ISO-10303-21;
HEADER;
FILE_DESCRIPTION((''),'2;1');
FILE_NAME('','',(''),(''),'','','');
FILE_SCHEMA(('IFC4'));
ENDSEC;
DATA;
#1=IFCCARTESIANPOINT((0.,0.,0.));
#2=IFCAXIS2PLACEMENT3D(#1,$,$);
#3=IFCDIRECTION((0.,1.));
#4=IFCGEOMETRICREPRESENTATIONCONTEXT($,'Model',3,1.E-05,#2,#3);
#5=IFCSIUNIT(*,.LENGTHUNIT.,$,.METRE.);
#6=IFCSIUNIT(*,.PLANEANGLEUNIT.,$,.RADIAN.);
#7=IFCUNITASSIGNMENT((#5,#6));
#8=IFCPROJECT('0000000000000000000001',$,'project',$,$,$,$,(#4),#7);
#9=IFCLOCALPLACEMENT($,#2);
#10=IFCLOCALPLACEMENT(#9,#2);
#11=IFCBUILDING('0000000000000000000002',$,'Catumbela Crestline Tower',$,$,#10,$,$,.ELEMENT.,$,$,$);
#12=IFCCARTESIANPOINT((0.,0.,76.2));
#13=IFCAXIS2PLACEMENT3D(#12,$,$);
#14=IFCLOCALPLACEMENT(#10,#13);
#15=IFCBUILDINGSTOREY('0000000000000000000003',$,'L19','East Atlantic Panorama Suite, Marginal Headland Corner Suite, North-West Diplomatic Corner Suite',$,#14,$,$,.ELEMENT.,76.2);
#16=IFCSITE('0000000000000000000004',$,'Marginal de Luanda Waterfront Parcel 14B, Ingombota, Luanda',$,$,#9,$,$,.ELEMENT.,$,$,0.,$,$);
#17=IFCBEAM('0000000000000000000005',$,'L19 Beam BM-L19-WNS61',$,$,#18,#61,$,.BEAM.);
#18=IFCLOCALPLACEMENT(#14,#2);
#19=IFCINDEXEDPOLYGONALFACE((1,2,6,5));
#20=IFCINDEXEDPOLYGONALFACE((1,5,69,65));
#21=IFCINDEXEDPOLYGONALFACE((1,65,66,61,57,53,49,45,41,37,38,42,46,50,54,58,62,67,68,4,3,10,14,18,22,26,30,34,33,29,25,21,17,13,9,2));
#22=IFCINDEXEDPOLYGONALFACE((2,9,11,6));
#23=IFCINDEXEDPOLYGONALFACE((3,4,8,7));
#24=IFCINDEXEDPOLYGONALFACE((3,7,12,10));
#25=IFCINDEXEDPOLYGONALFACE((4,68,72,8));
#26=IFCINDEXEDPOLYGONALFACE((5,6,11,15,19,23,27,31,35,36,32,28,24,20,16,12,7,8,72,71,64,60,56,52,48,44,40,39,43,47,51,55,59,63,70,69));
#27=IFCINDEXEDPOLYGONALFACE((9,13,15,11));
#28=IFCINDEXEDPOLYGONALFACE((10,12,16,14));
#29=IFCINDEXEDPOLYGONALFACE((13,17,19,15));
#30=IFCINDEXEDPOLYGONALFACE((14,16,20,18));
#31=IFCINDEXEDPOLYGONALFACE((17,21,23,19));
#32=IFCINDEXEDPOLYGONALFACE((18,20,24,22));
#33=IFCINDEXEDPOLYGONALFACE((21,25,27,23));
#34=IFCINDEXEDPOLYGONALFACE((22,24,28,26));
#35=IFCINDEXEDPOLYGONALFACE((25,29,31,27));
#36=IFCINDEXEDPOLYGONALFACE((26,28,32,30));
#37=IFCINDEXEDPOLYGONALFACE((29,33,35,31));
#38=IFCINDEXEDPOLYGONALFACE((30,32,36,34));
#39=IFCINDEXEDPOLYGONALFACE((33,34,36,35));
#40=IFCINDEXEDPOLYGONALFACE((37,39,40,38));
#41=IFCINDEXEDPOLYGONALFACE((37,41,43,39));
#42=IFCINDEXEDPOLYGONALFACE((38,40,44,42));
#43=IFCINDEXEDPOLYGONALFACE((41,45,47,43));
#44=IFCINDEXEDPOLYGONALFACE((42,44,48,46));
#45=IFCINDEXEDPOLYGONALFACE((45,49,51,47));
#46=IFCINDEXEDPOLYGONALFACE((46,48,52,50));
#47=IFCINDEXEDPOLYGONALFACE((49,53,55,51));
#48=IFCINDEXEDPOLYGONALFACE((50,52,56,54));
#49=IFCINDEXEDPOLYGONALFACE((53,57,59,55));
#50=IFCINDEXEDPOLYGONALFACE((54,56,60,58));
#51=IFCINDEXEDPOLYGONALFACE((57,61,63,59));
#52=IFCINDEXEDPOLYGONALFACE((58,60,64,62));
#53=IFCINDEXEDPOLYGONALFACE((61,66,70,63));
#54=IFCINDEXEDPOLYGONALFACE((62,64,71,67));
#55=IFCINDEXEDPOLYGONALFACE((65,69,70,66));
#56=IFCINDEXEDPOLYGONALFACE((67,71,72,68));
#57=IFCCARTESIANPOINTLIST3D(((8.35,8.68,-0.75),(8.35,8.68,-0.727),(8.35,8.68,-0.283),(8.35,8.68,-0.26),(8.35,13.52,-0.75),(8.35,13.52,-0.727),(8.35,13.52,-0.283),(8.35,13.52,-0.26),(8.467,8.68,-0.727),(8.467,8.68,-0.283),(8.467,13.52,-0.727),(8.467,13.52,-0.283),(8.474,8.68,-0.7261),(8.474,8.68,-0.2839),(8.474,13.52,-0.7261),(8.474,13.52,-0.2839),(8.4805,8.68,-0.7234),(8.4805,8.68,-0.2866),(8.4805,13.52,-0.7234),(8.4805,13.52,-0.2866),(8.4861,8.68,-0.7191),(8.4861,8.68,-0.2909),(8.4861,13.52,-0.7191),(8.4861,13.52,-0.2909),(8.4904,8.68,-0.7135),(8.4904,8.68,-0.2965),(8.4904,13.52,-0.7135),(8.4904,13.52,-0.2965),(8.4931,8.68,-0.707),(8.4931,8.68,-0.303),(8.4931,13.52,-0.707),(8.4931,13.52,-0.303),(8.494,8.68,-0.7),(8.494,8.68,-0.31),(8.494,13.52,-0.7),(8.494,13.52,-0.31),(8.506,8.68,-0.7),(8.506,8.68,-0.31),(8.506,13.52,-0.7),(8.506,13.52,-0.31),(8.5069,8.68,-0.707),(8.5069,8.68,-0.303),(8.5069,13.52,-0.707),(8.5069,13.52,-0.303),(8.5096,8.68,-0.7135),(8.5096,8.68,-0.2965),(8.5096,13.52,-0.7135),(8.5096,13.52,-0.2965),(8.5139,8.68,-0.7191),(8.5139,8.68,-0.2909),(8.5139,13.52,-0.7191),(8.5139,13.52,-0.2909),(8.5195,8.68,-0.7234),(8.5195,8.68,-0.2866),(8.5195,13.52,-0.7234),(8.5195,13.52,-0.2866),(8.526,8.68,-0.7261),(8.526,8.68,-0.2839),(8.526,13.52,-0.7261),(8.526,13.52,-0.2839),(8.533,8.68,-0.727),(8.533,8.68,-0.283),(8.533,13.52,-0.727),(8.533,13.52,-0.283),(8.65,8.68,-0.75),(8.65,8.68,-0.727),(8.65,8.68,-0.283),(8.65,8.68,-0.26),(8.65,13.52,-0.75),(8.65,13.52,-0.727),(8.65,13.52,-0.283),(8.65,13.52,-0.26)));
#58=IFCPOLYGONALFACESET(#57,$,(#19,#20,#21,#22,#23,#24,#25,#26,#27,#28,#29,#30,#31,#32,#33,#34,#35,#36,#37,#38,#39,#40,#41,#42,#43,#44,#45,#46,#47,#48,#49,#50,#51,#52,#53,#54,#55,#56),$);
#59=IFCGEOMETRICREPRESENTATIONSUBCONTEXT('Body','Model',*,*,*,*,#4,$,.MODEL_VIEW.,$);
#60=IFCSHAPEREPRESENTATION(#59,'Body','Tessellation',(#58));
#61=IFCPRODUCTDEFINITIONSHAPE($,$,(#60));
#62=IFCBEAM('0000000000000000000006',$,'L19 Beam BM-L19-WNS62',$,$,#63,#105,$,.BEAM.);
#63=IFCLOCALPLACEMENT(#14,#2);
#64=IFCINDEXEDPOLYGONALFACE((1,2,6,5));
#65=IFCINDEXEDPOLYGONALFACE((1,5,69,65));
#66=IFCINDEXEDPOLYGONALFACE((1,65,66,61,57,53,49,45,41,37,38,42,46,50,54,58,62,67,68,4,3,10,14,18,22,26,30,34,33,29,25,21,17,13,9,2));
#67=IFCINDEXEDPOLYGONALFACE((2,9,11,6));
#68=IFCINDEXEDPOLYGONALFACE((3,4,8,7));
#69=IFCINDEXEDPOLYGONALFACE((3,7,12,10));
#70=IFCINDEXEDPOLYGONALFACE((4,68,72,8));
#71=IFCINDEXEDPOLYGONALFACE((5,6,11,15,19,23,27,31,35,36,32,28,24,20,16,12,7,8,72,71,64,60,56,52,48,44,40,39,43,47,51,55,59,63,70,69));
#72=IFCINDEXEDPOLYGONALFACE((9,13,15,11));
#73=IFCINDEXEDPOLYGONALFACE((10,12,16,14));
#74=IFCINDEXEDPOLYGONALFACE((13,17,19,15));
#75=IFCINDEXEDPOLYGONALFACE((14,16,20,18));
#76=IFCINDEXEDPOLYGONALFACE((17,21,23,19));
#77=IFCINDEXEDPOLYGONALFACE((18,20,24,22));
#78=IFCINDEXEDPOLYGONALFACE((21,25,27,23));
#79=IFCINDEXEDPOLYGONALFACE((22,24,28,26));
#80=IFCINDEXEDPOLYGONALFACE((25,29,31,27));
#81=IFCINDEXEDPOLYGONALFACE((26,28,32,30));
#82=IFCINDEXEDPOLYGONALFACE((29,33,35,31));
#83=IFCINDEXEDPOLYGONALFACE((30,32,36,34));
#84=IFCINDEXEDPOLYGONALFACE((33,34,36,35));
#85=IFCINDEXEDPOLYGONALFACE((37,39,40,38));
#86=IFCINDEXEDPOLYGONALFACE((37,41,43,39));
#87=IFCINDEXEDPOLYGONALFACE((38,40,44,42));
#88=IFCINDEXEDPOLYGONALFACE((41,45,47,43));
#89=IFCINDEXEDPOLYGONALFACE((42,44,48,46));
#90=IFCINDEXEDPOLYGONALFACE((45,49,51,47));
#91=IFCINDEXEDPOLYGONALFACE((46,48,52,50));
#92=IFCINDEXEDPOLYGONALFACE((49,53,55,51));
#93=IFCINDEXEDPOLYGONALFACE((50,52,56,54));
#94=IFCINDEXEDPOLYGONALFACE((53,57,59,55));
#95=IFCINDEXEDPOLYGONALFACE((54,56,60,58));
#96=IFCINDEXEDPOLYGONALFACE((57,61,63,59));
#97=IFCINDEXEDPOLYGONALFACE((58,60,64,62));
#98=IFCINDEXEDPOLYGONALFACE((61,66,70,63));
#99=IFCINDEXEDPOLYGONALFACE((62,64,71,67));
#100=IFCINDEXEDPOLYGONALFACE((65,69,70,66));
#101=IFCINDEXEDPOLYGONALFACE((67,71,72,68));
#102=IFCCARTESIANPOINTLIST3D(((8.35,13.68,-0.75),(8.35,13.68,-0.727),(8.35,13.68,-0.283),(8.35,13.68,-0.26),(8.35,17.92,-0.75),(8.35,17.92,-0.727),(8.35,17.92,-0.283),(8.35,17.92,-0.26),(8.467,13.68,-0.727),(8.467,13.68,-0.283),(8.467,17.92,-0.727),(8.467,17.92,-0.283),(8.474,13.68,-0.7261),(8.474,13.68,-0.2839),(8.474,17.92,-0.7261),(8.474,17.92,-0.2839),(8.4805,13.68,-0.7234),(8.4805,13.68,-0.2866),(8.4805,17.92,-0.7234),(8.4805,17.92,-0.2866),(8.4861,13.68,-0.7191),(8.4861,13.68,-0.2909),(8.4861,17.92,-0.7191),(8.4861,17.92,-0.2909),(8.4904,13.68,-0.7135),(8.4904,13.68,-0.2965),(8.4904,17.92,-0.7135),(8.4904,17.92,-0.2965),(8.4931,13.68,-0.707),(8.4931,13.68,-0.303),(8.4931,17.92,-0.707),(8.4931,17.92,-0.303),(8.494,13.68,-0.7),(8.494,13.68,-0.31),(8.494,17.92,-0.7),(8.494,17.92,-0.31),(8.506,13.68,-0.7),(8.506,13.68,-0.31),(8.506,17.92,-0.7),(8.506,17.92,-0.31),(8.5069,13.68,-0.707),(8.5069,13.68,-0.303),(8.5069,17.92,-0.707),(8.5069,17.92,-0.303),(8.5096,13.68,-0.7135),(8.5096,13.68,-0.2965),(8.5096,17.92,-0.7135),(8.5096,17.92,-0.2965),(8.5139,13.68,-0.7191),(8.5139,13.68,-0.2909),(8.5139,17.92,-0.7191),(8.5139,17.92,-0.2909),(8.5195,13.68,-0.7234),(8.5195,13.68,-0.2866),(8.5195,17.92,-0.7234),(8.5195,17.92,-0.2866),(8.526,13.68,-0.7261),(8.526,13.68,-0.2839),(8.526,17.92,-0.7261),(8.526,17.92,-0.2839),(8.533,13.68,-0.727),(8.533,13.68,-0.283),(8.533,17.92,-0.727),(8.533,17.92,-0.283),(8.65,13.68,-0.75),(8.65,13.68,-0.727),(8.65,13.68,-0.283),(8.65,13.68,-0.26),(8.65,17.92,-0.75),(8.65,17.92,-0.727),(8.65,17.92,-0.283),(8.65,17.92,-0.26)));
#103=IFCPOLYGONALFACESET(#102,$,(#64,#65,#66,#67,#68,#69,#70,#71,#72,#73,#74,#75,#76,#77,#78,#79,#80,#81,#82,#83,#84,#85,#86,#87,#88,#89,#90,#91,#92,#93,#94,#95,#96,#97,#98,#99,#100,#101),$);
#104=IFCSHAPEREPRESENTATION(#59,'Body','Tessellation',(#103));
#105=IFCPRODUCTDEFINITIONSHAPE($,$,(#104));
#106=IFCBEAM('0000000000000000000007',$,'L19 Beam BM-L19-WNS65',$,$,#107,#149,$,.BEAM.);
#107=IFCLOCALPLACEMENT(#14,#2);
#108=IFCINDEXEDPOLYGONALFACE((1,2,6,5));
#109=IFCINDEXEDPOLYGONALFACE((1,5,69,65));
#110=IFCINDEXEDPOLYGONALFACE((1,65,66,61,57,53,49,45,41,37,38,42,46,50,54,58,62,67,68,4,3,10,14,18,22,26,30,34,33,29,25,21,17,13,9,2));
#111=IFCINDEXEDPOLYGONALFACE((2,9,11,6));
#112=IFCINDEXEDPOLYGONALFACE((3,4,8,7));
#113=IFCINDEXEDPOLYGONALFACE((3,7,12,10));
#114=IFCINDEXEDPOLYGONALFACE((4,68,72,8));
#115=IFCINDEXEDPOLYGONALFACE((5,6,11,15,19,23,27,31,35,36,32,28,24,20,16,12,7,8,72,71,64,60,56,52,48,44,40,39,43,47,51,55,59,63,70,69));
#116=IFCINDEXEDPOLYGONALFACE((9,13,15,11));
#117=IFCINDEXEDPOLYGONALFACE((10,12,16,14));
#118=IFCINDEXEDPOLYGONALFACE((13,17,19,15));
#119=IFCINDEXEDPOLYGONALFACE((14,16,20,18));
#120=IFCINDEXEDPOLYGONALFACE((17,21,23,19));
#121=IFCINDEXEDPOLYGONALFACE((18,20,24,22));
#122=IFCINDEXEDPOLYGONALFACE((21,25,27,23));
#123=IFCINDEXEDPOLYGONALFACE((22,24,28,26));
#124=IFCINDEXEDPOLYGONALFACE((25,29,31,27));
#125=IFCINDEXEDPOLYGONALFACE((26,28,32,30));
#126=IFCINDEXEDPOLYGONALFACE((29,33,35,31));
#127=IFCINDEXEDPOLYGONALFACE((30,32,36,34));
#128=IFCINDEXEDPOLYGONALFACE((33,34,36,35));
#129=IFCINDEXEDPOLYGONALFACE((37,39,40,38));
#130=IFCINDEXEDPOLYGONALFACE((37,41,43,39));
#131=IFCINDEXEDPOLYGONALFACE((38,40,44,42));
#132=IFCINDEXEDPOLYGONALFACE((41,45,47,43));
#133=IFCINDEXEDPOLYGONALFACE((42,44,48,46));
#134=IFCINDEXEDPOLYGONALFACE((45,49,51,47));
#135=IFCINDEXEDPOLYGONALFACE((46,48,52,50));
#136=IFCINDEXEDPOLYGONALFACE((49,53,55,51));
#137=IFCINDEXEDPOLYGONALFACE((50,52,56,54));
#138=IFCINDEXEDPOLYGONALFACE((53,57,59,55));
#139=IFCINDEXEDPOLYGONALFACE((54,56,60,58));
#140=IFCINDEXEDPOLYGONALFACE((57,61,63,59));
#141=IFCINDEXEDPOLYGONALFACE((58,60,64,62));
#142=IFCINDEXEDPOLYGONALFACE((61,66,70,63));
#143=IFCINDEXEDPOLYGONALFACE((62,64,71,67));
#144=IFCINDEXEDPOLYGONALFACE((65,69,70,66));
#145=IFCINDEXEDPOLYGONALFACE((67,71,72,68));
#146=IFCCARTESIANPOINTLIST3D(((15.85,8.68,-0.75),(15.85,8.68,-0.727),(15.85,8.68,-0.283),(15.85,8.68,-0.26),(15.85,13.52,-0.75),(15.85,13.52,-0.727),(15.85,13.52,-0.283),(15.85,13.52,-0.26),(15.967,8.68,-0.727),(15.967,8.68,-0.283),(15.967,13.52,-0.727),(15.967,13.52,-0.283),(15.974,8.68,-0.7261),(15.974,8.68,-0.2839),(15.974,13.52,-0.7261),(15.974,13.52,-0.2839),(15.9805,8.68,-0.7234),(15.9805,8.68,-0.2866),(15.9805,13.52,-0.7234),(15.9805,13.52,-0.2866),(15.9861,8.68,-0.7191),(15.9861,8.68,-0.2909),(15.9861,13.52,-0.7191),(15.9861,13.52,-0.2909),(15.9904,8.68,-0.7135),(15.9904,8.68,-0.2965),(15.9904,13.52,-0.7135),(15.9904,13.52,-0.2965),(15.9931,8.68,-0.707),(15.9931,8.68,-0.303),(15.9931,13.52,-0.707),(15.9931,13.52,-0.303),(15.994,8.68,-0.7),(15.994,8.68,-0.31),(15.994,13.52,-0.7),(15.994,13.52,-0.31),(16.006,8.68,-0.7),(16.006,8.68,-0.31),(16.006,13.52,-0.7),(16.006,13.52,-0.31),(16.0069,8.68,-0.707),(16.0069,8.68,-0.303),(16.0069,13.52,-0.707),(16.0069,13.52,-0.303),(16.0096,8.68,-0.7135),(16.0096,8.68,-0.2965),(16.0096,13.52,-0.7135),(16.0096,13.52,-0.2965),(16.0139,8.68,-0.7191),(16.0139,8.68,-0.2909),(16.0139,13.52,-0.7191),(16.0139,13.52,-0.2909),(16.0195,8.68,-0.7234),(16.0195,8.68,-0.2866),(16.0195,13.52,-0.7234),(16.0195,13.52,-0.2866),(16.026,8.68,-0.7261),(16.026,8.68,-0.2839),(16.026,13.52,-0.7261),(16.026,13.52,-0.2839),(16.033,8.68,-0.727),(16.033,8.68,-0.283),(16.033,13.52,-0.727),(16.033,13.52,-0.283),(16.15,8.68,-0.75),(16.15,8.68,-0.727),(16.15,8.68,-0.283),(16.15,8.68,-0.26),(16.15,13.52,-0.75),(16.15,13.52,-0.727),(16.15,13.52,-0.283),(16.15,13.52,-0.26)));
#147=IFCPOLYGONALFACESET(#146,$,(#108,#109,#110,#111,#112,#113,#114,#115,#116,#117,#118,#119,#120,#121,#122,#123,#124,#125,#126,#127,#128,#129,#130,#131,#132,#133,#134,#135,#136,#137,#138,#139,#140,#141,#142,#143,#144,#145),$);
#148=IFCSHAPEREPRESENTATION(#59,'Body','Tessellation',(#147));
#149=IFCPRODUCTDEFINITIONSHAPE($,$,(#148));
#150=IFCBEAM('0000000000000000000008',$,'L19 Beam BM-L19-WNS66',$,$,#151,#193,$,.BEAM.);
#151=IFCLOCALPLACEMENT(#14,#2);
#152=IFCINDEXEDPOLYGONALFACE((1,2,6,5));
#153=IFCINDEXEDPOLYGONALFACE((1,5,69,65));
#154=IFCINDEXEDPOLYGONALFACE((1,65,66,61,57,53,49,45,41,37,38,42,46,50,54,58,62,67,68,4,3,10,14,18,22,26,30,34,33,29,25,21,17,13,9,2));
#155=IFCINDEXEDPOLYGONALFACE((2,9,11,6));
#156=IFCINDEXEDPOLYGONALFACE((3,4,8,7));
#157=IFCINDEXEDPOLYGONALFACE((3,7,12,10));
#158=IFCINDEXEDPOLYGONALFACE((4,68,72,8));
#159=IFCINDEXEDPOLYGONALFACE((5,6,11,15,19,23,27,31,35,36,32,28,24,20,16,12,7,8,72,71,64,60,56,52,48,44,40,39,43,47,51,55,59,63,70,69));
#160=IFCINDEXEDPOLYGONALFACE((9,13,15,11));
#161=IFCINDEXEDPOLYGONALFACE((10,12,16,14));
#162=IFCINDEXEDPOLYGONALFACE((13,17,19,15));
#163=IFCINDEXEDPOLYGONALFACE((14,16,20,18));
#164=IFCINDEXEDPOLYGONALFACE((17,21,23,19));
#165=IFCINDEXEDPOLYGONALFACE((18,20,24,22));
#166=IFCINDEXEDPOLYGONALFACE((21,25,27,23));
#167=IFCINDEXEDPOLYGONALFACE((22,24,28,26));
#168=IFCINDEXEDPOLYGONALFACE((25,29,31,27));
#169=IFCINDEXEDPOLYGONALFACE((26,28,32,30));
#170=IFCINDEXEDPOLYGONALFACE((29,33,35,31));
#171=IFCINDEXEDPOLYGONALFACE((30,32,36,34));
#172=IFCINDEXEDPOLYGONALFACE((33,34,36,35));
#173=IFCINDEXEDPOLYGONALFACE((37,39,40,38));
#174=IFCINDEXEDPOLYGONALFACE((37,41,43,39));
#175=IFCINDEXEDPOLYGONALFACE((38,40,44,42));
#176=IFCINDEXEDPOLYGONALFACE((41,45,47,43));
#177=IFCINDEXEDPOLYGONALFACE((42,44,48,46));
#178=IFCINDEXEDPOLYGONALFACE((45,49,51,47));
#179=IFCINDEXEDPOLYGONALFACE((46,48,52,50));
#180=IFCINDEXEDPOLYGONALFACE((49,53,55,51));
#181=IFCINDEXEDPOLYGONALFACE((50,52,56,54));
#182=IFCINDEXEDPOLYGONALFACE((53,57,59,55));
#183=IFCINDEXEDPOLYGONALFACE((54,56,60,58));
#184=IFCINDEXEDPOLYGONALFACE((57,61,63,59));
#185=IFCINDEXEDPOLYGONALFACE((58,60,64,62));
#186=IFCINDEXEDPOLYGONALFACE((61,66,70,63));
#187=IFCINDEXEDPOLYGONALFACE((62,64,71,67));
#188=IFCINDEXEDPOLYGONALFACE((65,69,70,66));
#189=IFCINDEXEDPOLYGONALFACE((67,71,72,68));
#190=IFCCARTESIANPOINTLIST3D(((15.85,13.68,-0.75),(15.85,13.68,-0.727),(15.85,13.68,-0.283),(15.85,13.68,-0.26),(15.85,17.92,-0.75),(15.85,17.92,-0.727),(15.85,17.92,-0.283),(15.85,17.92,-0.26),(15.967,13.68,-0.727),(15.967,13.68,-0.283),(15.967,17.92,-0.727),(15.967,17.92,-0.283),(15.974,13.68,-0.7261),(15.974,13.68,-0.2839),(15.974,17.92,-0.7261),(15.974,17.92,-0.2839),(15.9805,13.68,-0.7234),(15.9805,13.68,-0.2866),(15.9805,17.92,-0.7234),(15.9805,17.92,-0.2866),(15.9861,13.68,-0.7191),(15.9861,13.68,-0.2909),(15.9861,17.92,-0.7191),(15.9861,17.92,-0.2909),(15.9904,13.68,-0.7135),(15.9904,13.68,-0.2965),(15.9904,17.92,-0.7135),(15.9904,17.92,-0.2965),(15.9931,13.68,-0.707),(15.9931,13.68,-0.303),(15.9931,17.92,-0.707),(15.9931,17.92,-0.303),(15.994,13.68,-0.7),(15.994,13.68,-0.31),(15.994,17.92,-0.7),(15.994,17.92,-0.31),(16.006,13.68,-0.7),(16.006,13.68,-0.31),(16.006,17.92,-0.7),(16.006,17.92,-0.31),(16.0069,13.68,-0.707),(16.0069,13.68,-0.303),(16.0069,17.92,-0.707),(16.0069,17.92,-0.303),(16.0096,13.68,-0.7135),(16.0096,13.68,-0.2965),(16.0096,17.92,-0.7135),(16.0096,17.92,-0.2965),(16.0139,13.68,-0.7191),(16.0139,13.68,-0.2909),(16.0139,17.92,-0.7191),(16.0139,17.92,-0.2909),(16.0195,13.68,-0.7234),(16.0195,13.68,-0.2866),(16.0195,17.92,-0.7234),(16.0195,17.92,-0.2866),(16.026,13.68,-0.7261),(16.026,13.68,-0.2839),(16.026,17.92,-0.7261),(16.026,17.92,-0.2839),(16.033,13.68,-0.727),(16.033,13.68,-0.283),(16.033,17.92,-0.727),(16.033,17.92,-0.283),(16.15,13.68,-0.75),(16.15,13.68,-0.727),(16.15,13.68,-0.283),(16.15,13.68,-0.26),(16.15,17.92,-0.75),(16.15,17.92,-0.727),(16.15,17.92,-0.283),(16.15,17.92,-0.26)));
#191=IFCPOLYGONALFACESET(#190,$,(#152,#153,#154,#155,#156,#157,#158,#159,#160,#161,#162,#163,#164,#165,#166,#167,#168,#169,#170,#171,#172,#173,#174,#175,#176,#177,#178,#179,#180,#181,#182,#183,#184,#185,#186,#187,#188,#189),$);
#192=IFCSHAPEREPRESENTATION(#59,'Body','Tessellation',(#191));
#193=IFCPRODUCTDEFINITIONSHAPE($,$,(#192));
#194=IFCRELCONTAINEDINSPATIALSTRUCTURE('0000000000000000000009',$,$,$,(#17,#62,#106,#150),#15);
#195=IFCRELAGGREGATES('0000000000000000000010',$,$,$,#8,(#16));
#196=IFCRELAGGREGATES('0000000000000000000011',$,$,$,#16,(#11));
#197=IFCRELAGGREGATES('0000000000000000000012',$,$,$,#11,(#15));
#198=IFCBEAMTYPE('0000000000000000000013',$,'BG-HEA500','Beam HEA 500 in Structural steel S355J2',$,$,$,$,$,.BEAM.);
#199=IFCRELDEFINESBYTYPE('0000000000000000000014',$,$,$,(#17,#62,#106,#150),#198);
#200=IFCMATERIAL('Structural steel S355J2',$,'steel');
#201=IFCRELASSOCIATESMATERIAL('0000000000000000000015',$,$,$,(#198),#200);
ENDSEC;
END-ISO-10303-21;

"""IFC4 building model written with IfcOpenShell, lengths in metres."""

from ifc_helpers import new_model, si_unit, direction, frame, origin, origin_2d, place, context, subcontext, project, spatial, i_section, extrude, material, material_profile, profile_set, type_object, element, save


model = new_model("IFC4")

# Units and contexts
model_context = context("Model", 3, precision=1e-05, world=origin(), true_north=direction((0.0, 1.0)))
body_context = subcontext(model_context, "Body", "Model", "MODEL_VIEW")
ifc_project = project(units=[si_unit("LENGTHUNIT", "METRE"), si_unit("PLANEANGLEUNIT", "RADIAN")], contexts=[model_context])

# Site, building, storey
site_placement = place(None, origin())
site = spatial("IfcSite", under=ifc_project, at=site_placement, Name="Marginal de Luanda Waterfront Parcel 14B, Ingombota, Luanda", CompositionType="ELEMENT", RefElevation=0.0)
building_placement = place(site_placement, origin())
building = spatial("IfcBuilding", under=site, at=building_placement, Name="Catumbela Crestline Tower", CompositionType="ELEMENT")
storey_placement = place(building_placement, frame((0.0, 0.0, 76.2)))
storey = spatial("IfcBuildingStorey", under=building, at=storey_placement, Name="L19", Description="East Atlantic Panorama Suite, Marginal Headland Corner Suite, North-West Diplomatic Corner Suite", CompositionType="ELEMENT", Elevation=76.2)

# Beams
ifc_material_1 = material(Name="Structural steel S355J2", Category="steel")
ifc_material_profile_1 = material_profile(ifc_material_1, i_section(OverallWidth=0.3, OverallDepth=0.49, WebThickness=0.012, FlangeThickness=0.023, FilletRadius=0.027, at=origin_2d()), Name="HEA 500")
ifc_profile_set_1 = profile_set([ifc_material_profile_1], Name="Structural steel S355J2")
beam_type_1 = type_object("IfcBeamType", Name="BG-HEA500", Description="Beam HEA 500 in Structural steel S355J2", PredefinedType="BEAM", material=ifc_profile_set_1)
beam_1_placement = place(storey_placement, frame((8.5, 8.68, -0.505), z_axis=(0.0, 1.0, 0.0), x_axis=(-1.0, 0.0, 0.0)))
element("IfcBeam", 1, at=beam_1_placement, inside=storey, type_object=beam_type_1, Name="L19 Beam BM-L19-WNS61", PredefinedType="BEAM", context=body_context, shape_type="SweptSolid", body=[
    extrude(i_section(OverallWidth=0.3, OverallDepth=0.49, WebThickness=0.012, FlangeThickness=0.023, FilletRadius=0.027, at=origin_2d()), origin(), (0.0, 0.0, 1.0), 4.84),
])
beam_2_placement = place(storey_placement, frame((8.5, 13.68, -0.505), z_axis=(0.0, 1.0, 0.0), x_axis=(-1.0, 0.0, 0.0)))
element("IfcBeam", 2, at=beam_2_placement, inside=storey, type_object=beam_type_1, Name="L19 Beam BM-L19-WNS62", PredefinedType="BEAM", context=body_context, shape_type="SweptSolid", body=[
    extrude(i_section(OverallWidth=0.3, OverallDepth=0.49, WebThickness=0.012, FlangeThickness=0.023, FilletRadius=0.027, at=origin_2d()), origin(), (0.0, 0.0, 1.0), 4.24),
])
beam_3_placement = place(storey_placement, frame((16.0, 8.68, -0.505), z_axis=(0.0, 1.0, 0.0), x_axis=(-1.0, 0.0, 0.0)))
element("IfcBeam", 3, at=beam_3_placement, inside=storey, type_object=beam_type_1, Name="L19 Beam BM-L19-WNS65", PredefinedType="BEAM", context=body_context, shape_type="SweptSolid", body=[
    extrude(i_section(OverallWidth=0.3, OverallDepth=0.49, WebThickness=0.012, FlangeThickness=0.023, FilletRadius=0.027, at=origin_2d()), origin(), (0.0, 0.0, 1.0), 4.84),
])
beam_4_placement = place(storey_placement, frame((16.0, 13.68, -0.505), z_axis=(0.0, 1.0, 0.0), x_axis=(-1.0, 0.0, 0.0)))
element("IfcBeam", 4, at=beam_4_placement, inside=storey, type_object=beam_type_1, Name="L19 Beam BM-L19-WNS66", PredefinedType="BEAM", context=body_context, shape_type="SweptSolid", body=[
    extrude(i_section(OverallWidth=0.3, OverallDepth=0.49, WebThickness=0.012, FlangeThickness=0.023, FilletRadius=0.027, at=origin_2d()), origin(), (0.0, 0.0, 1.0), 4.24),
])

save(model, "model.ifc")
